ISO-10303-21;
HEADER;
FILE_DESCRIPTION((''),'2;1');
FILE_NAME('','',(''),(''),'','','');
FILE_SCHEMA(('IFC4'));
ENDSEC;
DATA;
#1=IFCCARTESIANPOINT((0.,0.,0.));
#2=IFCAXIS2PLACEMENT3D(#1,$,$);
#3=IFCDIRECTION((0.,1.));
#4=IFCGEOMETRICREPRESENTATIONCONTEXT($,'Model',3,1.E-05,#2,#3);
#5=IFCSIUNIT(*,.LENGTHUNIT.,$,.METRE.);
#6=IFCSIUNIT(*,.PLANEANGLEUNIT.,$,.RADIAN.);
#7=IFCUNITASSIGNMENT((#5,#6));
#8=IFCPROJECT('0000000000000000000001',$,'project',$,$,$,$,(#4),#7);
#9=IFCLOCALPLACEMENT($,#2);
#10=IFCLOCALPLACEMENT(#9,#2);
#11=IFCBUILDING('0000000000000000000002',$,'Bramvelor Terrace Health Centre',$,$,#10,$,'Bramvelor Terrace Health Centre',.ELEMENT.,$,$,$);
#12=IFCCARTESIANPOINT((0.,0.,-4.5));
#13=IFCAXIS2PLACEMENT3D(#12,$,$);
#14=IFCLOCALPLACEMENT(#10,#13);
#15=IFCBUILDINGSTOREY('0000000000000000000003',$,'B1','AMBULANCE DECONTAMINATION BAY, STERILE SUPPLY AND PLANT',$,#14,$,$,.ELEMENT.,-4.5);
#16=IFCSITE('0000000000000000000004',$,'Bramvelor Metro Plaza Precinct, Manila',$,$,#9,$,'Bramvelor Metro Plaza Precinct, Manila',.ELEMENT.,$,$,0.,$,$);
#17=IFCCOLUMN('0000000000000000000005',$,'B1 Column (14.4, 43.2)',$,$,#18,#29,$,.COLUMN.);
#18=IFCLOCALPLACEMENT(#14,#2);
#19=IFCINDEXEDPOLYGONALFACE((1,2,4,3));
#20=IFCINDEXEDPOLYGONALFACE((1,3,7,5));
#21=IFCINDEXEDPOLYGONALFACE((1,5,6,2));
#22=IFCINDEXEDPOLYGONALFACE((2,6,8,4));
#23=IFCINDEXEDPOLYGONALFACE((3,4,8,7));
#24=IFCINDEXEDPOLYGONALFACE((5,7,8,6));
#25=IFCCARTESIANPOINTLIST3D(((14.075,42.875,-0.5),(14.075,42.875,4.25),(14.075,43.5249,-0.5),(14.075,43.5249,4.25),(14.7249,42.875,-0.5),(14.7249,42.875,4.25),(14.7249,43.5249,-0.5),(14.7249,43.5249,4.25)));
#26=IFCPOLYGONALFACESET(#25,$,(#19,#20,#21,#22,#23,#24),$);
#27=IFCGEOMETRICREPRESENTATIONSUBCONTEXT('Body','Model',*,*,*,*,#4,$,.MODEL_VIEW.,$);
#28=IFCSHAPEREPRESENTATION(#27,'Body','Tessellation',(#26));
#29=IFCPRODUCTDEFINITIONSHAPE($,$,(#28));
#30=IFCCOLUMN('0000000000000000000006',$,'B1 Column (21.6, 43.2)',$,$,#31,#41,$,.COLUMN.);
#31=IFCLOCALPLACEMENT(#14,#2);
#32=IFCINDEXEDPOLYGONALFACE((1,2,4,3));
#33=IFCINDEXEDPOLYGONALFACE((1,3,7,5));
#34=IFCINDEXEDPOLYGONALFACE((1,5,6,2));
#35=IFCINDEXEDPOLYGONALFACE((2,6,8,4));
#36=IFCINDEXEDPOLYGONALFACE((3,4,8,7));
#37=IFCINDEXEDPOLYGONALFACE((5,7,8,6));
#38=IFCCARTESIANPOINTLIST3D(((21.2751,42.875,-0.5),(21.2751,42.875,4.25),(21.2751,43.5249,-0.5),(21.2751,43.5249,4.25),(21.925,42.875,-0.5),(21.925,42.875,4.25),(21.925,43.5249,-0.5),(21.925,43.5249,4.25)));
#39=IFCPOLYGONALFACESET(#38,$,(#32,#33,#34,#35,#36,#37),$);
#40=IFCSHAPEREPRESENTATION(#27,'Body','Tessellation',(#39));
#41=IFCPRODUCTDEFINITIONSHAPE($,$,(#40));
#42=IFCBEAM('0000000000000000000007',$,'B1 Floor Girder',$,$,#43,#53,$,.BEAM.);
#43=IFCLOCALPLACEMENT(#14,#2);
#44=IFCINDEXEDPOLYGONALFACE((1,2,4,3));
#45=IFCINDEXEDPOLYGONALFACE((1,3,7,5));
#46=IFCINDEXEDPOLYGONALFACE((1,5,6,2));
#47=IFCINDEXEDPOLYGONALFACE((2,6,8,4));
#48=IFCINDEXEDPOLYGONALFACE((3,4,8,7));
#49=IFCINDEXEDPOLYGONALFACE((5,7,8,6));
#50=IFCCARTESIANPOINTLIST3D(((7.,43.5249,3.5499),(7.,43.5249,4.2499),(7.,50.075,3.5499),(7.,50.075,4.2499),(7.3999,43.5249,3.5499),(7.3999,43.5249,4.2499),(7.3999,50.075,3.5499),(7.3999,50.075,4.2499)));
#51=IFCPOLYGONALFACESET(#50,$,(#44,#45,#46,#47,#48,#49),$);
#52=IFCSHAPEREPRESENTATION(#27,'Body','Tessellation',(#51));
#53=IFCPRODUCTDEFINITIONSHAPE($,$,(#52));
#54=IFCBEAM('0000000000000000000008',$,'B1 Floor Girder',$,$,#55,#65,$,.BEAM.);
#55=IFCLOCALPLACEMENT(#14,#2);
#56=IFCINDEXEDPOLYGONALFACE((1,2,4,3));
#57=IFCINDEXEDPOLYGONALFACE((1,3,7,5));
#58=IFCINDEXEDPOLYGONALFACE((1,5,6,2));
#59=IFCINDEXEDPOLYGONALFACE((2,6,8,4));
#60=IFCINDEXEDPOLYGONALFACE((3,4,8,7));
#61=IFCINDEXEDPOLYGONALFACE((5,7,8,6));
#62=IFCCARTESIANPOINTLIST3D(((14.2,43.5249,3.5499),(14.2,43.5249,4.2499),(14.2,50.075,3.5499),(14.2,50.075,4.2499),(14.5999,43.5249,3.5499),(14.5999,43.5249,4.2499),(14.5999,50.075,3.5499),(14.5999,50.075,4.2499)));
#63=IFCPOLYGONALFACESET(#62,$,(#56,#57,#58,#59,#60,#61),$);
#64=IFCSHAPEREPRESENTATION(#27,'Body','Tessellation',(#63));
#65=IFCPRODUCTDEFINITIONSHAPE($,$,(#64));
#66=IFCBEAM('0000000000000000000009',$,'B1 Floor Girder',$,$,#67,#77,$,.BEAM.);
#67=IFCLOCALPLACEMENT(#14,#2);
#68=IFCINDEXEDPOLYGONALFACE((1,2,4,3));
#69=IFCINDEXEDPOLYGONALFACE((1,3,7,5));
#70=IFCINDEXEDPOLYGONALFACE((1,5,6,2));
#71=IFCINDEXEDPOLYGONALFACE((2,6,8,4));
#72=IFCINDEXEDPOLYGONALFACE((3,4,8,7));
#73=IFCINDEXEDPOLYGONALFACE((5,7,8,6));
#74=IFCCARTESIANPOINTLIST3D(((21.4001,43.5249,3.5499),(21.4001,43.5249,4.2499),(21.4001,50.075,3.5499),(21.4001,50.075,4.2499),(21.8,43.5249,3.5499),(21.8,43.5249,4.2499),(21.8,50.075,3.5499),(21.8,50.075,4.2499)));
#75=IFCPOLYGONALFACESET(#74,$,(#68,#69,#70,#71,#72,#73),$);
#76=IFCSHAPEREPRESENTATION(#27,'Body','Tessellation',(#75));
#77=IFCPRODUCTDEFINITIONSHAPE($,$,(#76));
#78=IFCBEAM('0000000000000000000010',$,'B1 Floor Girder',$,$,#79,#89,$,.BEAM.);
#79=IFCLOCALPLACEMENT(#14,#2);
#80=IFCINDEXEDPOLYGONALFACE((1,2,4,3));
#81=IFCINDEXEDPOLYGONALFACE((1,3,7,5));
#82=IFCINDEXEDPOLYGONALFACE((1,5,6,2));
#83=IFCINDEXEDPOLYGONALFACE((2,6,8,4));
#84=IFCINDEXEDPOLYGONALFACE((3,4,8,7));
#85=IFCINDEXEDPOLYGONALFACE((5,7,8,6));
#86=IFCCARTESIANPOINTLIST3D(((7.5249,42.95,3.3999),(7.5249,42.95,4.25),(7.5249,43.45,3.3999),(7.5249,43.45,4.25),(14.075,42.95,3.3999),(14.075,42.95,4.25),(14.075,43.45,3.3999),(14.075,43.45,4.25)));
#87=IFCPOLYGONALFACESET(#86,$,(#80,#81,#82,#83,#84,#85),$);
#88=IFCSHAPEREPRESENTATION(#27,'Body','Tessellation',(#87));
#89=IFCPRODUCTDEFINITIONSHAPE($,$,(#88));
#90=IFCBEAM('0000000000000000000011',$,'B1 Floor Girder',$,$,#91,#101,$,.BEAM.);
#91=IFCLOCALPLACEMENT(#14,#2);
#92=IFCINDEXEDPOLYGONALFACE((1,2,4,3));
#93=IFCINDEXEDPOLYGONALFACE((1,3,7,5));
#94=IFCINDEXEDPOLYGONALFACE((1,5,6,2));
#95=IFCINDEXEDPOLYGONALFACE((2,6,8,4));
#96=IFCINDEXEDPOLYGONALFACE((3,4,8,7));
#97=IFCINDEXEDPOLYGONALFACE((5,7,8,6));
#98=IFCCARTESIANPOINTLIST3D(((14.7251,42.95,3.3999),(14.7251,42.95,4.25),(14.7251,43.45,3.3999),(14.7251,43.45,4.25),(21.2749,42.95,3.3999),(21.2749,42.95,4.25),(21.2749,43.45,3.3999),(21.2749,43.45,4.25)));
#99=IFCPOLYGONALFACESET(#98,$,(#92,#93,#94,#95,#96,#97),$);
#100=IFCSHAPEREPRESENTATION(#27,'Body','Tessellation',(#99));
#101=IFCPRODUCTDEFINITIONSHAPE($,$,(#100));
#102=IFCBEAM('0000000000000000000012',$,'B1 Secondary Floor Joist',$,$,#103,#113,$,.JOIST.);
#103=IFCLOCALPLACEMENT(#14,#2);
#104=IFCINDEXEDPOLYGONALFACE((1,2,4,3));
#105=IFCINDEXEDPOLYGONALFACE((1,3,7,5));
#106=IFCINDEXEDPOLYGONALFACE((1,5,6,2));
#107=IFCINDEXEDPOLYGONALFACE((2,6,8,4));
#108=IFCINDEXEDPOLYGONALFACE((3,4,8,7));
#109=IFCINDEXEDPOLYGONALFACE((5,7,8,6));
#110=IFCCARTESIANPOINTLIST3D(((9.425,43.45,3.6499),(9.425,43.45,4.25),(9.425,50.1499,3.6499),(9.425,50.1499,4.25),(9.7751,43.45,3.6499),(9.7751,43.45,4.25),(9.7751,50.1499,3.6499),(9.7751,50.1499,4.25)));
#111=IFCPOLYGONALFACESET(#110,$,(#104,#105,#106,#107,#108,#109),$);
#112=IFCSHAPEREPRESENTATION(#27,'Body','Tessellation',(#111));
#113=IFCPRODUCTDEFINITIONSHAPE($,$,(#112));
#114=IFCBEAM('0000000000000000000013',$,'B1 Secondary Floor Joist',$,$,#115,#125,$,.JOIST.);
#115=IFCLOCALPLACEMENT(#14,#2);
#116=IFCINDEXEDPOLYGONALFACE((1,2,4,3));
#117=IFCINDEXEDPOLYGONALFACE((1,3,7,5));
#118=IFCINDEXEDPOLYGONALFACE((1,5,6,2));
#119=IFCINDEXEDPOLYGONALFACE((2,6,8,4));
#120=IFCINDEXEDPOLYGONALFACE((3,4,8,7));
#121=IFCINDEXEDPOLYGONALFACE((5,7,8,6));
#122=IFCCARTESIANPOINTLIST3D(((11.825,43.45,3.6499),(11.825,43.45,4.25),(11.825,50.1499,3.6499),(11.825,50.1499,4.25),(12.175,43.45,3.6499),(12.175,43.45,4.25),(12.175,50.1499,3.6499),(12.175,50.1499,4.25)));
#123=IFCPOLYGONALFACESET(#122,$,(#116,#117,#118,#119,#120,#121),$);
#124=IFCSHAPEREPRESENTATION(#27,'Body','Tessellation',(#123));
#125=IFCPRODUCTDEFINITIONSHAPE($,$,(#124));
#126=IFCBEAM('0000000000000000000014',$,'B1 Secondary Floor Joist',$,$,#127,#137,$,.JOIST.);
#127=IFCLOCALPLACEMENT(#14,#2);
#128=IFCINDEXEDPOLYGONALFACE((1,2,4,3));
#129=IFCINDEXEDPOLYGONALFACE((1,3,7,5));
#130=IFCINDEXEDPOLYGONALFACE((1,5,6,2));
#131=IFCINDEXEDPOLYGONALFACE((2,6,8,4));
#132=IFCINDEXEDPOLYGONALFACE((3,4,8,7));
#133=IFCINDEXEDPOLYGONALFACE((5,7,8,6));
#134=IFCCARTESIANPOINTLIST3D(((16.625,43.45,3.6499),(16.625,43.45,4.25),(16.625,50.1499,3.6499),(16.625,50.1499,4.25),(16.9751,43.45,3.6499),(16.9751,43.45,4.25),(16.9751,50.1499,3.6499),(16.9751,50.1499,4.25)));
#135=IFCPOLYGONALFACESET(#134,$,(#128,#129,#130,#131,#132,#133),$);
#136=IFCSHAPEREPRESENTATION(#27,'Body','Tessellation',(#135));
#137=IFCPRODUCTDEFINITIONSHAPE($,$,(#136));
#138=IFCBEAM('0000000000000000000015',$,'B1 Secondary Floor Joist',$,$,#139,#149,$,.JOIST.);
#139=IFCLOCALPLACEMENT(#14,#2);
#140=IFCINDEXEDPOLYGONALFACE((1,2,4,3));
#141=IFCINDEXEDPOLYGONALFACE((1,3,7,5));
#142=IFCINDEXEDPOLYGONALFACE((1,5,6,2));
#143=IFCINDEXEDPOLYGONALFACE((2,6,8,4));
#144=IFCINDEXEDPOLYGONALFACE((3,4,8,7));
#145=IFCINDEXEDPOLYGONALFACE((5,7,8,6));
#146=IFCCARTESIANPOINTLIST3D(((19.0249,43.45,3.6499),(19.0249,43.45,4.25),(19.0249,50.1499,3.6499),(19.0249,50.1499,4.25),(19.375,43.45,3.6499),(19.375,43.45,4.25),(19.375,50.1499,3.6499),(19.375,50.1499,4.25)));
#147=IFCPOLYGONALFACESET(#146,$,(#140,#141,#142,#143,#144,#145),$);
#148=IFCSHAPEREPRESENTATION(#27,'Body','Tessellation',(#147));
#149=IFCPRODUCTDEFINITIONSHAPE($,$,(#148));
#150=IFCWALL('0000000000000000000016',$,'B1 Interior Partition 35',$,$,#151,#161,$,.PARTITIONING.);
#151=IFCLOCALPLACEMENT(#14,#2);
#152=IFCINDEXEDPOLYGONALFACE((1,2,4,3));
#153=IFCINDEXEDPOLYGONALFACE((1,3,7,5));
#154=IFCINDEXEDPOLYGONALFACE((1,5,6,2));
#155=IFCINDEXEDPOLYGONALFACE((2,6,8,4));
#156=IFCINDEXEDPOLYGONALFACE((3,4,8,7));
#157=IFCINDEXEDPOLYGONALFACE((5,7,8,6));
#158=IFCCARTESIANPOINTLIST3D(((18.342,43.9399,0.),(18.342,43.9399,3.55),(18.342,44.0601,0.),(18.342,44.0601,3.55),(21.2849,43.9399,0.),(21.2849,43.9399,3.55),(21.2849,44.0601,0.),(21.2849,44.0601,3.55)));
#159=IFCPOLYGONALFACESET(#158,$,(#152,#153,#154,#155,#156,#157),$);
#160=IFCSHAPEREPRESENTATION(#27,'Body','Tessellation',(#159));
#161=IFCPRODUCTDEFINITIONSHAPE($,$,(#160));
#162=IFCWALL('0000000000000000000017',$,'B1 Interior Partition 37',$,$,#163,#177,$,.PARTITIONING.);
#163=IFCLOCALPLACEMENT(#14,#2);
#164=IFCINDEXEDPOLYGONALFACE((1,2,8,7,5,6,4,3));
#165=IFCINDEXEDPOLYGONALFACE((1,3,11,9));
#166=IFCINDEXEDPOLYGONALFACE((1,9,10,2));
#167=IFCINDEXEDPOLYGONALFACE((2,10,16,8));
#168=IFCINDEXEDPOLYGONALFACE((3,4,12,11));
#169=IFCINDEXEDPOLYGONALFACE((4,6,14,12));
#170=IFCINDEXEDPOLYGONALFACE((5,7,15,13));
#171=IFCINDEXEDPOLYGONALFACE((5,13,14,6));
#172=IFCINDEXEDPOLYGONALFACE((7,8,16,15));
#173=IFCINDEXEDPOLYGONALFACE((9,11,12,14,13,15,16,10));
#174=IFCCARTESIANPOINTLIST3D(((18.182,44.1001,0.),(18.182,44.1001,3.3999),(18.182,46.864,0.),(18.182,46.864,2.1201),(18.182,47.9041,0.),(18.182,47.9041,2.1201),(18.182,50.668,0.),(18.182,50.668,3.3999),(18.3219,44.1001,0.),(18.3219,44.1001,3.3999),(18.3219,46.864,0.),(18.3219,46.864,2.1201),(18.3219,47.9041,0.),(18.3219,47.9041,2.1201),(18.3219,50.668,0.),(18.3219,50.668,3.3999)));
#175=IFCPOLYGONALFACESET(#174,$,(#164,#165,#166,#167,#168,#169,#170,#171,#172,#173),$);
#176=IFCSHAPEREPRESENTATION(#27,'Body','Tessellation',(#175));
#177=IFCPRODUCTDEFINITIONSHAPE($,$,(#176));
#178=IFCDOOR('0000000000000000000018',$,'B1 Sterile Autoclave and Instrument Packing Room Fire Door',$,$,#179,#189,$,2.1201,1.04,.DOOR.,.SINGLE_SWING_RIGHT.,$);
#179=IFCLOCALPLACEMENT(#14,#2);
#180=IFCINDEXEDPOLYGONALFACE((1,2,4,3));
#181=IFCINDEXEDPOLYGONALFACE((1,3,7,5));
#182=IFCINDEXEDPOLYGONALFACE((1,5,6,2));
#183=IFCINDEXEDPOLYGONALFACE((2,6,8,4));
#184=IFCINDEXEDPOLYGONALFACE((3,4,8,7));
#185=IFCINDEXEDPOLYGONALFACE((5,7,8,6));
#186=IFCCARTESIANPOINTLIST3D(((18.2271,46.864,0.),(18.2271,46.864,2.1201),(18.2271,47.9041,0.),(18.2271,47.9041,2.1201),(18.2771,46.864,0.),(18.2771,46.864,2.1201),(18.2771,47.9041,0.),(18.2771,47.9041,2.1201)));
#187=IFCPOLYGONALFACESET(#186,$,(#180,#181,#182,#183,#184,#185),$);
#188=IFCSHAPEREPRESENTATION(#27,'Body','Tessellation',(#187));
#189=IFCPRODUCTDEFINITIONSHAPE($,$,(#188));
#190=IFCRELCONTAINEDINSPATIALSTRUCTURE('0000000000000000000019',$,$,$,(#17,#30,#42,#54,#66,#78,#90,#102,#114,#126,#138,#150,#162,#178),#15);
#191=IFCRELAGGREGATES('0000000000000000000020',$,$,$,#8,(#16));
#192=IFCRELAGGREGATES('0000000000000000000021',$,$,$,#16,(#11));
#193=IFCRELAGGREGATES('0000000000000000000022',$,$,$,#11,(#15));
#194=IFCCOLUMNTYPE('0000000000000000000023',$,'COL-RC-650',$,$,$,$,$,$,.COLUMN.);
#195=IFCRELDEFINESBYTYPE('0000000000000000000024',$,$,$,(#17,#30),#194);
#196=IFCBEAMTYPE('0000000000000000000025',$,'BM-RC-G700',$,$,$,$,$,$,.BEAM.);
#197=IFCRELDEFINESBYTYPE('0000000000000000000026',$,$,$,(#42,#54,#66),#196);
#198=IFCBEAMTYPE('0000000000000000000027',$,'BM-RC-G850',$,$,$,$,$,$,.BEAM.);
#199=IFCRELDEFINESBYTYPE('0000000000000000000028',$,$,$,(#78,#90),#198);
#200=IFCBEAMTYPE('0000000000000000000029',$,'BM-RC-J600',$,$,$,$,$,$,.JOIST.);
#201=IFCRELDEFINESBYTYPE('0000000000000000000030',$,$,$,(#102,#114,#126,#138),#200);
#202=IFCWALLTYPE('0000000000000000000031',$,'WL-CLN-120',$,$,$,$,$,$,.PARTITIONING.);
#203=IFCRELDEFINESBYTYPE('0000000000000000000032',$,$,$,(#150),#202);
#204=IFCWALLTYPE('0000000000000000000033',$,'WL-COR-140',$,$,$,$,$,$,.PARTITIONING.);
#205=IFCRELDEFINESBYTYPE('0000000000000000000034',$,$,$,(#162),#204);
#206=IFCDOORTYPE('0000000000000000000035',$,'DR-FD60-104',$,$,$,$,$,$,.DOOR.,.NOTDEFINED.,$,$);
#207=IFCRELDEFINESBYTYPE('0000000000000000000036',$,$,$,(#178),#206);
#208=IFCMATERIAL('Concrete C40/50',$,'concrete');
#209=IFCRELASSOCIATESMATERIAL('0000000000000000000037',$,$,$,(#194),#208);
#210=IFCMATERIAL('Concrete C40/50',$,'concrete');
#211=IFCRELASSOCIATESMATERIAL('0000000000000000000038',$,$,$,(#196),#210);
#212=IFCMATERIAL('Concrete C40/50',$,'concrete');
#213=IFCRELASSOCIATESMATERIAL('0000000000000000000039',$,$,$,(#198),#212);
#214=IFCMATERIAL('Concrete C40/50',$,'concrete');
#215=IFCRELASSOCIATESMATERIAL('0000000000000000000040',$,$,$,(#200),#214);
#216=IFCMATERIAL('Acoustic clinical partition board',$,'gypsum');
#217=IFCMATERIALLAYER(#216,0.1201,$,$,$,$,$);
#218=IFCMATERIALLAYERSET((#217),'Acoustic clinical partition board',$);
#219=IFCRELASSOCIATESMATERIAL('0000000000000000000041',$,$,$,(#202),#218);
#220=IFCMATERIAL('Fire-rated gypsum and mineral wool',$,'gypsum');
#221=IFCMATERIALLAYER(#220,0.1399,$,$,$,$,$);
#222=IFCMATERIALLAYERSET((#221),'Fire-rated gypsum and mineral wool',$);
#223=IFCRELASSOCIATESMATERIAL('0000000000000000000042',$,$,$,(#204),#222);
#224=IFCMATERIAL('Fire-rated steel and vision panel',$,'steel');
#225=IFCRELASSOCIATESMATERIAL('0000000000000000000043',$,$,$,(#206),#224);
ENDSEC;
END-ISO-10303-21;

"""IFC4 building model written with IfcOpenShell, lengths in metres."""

from ifc_helpers import new_model, si_unit, direction, frame, frame_2d, origin, origin_2d, place, context, subcontext, project, spatial, rectangle, extrude, material, layer, layer_set, material_profile, profile_set, type_object, element, fill, save


model = new_model("IFC4")

# Units and contexts
model_context = context("Model", 3, precision=1e-05, world=origin(), true_north=direction((0.0, 1.0)))
body_context = subcontext(model_context, "Body", "Model", "MODEL_VIEW")
ifc_project = project(units=[si_unit("LENGTHUNIT", "METRE"), si_unit("PLANEANGLEUNIT", "RADIAN")], contexts=[model_context])

# Site, building, storey
site_placement = place(None, origin())
site = spatial("IfcSite", under=ifc_project, at=site_placement, Name="Bramvelor Metro Plaza Precinct, Manila", LongName="Bramvelor Metro Plaza Precinct, Manila", CompositionType="ELEMENT", RefElevation=0.0)
building_placement = place(site_placement, origin())
building = spatial("IfcBuilding", under=site, at=building_placement, Name="Bramvelor Terrace Health Centre", LongName="Bramvelor Terrace Health Centre", CompositionType="ELEMENT")
storey_placement = place(building_placement, frame((0.0, 0.0, -4.5)))
storey = spatial("IfcBuildingStorey", under=building, at=storey_placement, Name="B1", Description="AMBULANCE DECONTAMINATION BAY, STERILE SUPPLY AND PLANT", CompositionType="ELEMENT", Elevation=-4.5)

# Columns
ifc_material_1 = material(Name="Concrete C40/50", Category="concrete")
ifc_material_profile_1 = material_profile(ifc_material_1, rectangle(XDim=0.6499, YDim=0.6499, at=origin_2d()), Name="RC 650x650")
ifc_profile_set_1 = profile_set([ifc_material_profile_1], Name="Concrete C40/50")
column_type = type_object("IfcColumnType", Name="COL-RC-650", PredefinedType="COLUMN", material=ifc_profile_set_1)
for number, where, z_axis, x_axis, name in (
    (1, (14.3999, 43.2, -0.5), (0.0, 0.0, 1.0), (1.0, 0.0, 0.0), "B1 Column (14.4, 43.2)"),
    (2, (21.6001, 43.2, -0.5), (0.0, 0.0, 1.0), (1.0, 0.0, 0.0), "B1 Column (21.6, 43.2)"),
):
    element("IfcColumn", number, at=place(storey_placement, frame(where, z_axis=z_axis, x_axis=x_axis)), inside=storey, type_object=column_type, Name=name, PredefinedType="COLUMN", context=body_context, shape_type="SweptSolid", body=[
        extrude(rectangle(XDim=0.6499, YDim=0.6499, at=origin_2d()), origin(), (0.0, 0.0, 1.0), 4.75),
    ])

# Beams
ifc_material_2 = material(Name="Concrete C40/50", Category="concrete")
ifc_material_profile_2 = material_profile(ifc_material_2, rectangle(XDim=0.3999, YDim=0.7, at=origin_2d()), Name="RC 400x700")
ifc_profile_set_2 = profile_set([ifc_material_profile_2], Name="Concrete C40/50")
beam_type_1 = type_object("IfcBeamType", Name="BM-RC-G700", PredefinedType="BEAM", material=ifc_profile_set_2)
for number, where, z_axis, x_axis, name in (
    (3, (7.2, 43.5249, 3.8999), (0.0, 1.0, 0.0), (-1.0, 0.0, 0.0), "B1 Floor Girder"),
    (4, (14.3999, 43.5249, 3.8999), (0.0, 1.0, 0.0), (-1.0, 0.0, 0.0), "B1 Floor Girder"),
    (5, (21.6001, 43.5249, 3.8999), (0.0, 1.0, 0.0), (-1.0, 0.0, 0.0), "B1 Floor Girder"),
):
    element("IfcBeam", number, at=place(storey_placement, frame(where, z_axis=z_axis, x_axis=x_axis)), inside=storey, type_object=beam_type_1, Name=name, PredefinedType="BEAM", context=body_context, shape_type="SweptSolid", body=[
        extrude(rectangle(XDim=0.3999, YDim=0.7, at=origin_2d()), origin(), (0.0, 0.0, 1.0), 6.55),
    ])
ifc_material_3 = material(Name="Concrete C40/50", Category="concrete")
ifc_material_profile_3 = material_profile(ifc_material_3, rectangle(XDim=0.5, YDim=0.8501, at=origin_2d()), Name="RC 500x850")
ifc_profile_set_3 = profile_set([ifc_material_profile_3], Name="Concrete C40/50")
beam_type_2 = type_object("IfcBeamType", Name="BM-RC-G850", PredefinedType="BEAM", material=ifc_profile_set_3)
beam_1_placement = place(storey_placement, frame((7.5249, 43.2, 3.825), z_axis=(1.0, 0.0, 0.0), x_axis=(0.0, 1.0, 0.0)))
element("IfcBeam", 6, at=beam_1_placement, inside=storey, type_object=beam_type_2, Name="B1 Floor Girder", PredefinedType="BEAM", context=body_context, shape_type="SweptSolid", body=[
    extrude(rectangle(XDim=0.5, YDim=0.8501, at=origin_2d()), origin(), (0.0, 0.0, 1.0), 6.55),
])
beam_2_placement = place(storey_placement, frame((14.7251, 43.2, 3.825), z_axis=(1.0, 0.0, 0.0), x_axis=(0.0, 1.0, 0.0)))
element("IfcBeam", 7, at=beam_2_placement, inside=storey, type_object=beam_type_2, Name="B1 Floor Girder", PredefinedType="BEAM", context=body_context, shape_type="SweptSolid", body=[
    extrude(rectangle(XDim=0.5, YDim=0.8501, at=origin_2d()), origin(), (0.0, 0.0, 1.0), 6.5498),
])
ifc_material_4 = material(Name="Concrete C40/50", Category="concrete")
ifc_material_profile_4 = material_profile(ifc_material_4, rectangle(XDim=0.3501, YDim=0.6001, at=origin_2d()), Name="RC 350x600")
ifc_profile_set_4 = profile_set([ifc_material_profile_4], Name="Concrete C40/50")
beam_type_3 = type_object("IfcBeamType", Name="BM-RC-J600", PredefinedType="JOIST", material=ifc_profile_set_4)
for number, where, z_axis, x_axis, name in (
    (8, (9.6001, 43.45, 3.95), (0.0, 1.0, 0.0), (-1.0, 0.0, 0.0), "B1 Secondary Floor Joist"),
    (9, (12.0, 43.45, 3.95), (0.0, 1.0, 0.0), (-1.0, 0.0, 0.0), "B1 Secondary Floor Joist"),
    (10, (16.8, 43.45, 3.95), (0.0, 1.0, 0.0), (-1.0, 0.0, 0.0), "B1 Secondary Floor Joist"),
    (11, (19.2, 43.45, 3.95), (0.0, 1.0, 0.0), (-1.0, 0.0, 0.0), "B1 Secondary Floor Joist"),
):
    element("IfcBeam", number, at=place(storey_placement, frame(where, z_axis=z_axis, x_axis=x_axis)), inside=storey, type_object=beam_type_3, Name=name, PredefinedType="JOIST", context=body_context, shape_type="SweptSolid", body=[
        extrude(rectangle(XDim=0.3501, YDim=0.6001, at=origin_2d()), origin(), (0.0, 0.0, 1.0), 6.7),
    ])

# Wall
ifc_material_5 = material(Name="Acoustic clinical partition board", Category="gypsum")
ifc_layer_1 = layer(ifc_material_5, 0.1201)
ifc_layer_set_1 = layer_set([ifc_layer_1], Name="Acoustic clinical partition board")
wall_type_1 = type_object("IfcWallType", Name="WL-CLN-120", PredefinedType="PARTITIONING", material=ifc_layer_set_1)
wall_1_placement = place(storey_placement, frame((18.342, 44.0, 0.0), z_axis=(0.0, 0.0, 1.0), x_axis=(1.0, 0.0, 0.0)))
element("IfcWall", 12, at=wall_1_placement, inside=storey, type_object=wall_type_1, Name="B1 Interior Partition 35", PredefinedType="PARTITIONING", context=body_context, shape_type="SweptSolid", body=[
    extrude(rectangle(XDim=2.9429, YDim=0.1201, at=frame_2d((1.4714, 0.0))), origin(), (0.0, 0.0, 1.0), 3.55),
])

# Wall, opening, door
ifc_material_6 = material(Name="Fire-rated gypsum and mineral wool", Category="gypsum")
ifc_layer_2 = layer(ifc_material_6, 0.1399)
ifc_layer_set_2 = layer_set([ifc_layer_2], Name="Fire-rated gypsum and mineral wool")
wall_type_2 = type_object("IfcWallType", Name="WL-COR-140", PredefinedType="PARTITIONING", material=ifc_layer_set_2)
wall_2_placement = place(storey_placement, frame((18.252, 44.1001, 0.0), z_axis=(0.0, 0.0, 1.0), x_axis=(0.0, 1.0, 0.0)))
wall_2 = element("IfcWall", 13, at=wall_2_placement, inside=storey, type_object=wall_type_2, Name="B1 Interior Partition 37", PredefinedType="PARTITIONING", context=body_context, shape_type="SweptSolid", body=[
    extrude(rectangle(XDim=6.5679, YDim=0.1399, at=frame_2d((3.2839, 0.0))), origin(), (0.0, 0.0, 1.0), 3.3999),
])
opening_placement = place(wall_2_placement, frame((2.7639, 0.0, 0.0)))
opening = element("IfcOpeningElement", 14, at=opening_placement, cuts=wall_2, PredefinedType="OPENING", context=body_context, shape_type="SweptSolid", body=[
    extrude(rectangle(XDim=1.04, YDim=2.1201, at=frame_2d((0.52, 1.0601))), frame((0.0, 0.0798, 0.0), z_axis=(0.0, -1.0, 0.0), x_axis=(1.0, 0.0, 0.0)), (0.0, 0.0, 1.0), 0.1599),
])
ifc_material_7 = material(Name="Fire-rated steel and vision panel", Category="steel")
door_type = type_object("IfcDoorType", Name="DR-FD60-104", OperationType="NOTDEFINED", PredefinedType="DOOR", material=ifc_material_7)
door_placement = place(opening_placement, origin())
door = element("IfcDoor", 15, at=door_placement, inside=storey, type_object=door_type, Name="B1 Sterile Autoclave and Instrument Packing Room Fire Door", OperationType="SINGLE_SWING_RIGHT", OverallHeight=2.1201, OverallWidth=1.04, PredefinedType="DOOR", context=body_context, shape_type="SweptSolid", body=[
    extrude(rectangle(XDim=1.04, YDim=2.1201, at=frame_2d((0.52, 1.0601))), frame((0.0, 0.0249, 0.0), z_axis=(0.0, -1.0, 0.0), x_axis=(1.0, 0.0, 0.0)), (0.0, 0.0, 1.0), 0.05),
])
fill(opening, door)

save(model, "model.ifc")
